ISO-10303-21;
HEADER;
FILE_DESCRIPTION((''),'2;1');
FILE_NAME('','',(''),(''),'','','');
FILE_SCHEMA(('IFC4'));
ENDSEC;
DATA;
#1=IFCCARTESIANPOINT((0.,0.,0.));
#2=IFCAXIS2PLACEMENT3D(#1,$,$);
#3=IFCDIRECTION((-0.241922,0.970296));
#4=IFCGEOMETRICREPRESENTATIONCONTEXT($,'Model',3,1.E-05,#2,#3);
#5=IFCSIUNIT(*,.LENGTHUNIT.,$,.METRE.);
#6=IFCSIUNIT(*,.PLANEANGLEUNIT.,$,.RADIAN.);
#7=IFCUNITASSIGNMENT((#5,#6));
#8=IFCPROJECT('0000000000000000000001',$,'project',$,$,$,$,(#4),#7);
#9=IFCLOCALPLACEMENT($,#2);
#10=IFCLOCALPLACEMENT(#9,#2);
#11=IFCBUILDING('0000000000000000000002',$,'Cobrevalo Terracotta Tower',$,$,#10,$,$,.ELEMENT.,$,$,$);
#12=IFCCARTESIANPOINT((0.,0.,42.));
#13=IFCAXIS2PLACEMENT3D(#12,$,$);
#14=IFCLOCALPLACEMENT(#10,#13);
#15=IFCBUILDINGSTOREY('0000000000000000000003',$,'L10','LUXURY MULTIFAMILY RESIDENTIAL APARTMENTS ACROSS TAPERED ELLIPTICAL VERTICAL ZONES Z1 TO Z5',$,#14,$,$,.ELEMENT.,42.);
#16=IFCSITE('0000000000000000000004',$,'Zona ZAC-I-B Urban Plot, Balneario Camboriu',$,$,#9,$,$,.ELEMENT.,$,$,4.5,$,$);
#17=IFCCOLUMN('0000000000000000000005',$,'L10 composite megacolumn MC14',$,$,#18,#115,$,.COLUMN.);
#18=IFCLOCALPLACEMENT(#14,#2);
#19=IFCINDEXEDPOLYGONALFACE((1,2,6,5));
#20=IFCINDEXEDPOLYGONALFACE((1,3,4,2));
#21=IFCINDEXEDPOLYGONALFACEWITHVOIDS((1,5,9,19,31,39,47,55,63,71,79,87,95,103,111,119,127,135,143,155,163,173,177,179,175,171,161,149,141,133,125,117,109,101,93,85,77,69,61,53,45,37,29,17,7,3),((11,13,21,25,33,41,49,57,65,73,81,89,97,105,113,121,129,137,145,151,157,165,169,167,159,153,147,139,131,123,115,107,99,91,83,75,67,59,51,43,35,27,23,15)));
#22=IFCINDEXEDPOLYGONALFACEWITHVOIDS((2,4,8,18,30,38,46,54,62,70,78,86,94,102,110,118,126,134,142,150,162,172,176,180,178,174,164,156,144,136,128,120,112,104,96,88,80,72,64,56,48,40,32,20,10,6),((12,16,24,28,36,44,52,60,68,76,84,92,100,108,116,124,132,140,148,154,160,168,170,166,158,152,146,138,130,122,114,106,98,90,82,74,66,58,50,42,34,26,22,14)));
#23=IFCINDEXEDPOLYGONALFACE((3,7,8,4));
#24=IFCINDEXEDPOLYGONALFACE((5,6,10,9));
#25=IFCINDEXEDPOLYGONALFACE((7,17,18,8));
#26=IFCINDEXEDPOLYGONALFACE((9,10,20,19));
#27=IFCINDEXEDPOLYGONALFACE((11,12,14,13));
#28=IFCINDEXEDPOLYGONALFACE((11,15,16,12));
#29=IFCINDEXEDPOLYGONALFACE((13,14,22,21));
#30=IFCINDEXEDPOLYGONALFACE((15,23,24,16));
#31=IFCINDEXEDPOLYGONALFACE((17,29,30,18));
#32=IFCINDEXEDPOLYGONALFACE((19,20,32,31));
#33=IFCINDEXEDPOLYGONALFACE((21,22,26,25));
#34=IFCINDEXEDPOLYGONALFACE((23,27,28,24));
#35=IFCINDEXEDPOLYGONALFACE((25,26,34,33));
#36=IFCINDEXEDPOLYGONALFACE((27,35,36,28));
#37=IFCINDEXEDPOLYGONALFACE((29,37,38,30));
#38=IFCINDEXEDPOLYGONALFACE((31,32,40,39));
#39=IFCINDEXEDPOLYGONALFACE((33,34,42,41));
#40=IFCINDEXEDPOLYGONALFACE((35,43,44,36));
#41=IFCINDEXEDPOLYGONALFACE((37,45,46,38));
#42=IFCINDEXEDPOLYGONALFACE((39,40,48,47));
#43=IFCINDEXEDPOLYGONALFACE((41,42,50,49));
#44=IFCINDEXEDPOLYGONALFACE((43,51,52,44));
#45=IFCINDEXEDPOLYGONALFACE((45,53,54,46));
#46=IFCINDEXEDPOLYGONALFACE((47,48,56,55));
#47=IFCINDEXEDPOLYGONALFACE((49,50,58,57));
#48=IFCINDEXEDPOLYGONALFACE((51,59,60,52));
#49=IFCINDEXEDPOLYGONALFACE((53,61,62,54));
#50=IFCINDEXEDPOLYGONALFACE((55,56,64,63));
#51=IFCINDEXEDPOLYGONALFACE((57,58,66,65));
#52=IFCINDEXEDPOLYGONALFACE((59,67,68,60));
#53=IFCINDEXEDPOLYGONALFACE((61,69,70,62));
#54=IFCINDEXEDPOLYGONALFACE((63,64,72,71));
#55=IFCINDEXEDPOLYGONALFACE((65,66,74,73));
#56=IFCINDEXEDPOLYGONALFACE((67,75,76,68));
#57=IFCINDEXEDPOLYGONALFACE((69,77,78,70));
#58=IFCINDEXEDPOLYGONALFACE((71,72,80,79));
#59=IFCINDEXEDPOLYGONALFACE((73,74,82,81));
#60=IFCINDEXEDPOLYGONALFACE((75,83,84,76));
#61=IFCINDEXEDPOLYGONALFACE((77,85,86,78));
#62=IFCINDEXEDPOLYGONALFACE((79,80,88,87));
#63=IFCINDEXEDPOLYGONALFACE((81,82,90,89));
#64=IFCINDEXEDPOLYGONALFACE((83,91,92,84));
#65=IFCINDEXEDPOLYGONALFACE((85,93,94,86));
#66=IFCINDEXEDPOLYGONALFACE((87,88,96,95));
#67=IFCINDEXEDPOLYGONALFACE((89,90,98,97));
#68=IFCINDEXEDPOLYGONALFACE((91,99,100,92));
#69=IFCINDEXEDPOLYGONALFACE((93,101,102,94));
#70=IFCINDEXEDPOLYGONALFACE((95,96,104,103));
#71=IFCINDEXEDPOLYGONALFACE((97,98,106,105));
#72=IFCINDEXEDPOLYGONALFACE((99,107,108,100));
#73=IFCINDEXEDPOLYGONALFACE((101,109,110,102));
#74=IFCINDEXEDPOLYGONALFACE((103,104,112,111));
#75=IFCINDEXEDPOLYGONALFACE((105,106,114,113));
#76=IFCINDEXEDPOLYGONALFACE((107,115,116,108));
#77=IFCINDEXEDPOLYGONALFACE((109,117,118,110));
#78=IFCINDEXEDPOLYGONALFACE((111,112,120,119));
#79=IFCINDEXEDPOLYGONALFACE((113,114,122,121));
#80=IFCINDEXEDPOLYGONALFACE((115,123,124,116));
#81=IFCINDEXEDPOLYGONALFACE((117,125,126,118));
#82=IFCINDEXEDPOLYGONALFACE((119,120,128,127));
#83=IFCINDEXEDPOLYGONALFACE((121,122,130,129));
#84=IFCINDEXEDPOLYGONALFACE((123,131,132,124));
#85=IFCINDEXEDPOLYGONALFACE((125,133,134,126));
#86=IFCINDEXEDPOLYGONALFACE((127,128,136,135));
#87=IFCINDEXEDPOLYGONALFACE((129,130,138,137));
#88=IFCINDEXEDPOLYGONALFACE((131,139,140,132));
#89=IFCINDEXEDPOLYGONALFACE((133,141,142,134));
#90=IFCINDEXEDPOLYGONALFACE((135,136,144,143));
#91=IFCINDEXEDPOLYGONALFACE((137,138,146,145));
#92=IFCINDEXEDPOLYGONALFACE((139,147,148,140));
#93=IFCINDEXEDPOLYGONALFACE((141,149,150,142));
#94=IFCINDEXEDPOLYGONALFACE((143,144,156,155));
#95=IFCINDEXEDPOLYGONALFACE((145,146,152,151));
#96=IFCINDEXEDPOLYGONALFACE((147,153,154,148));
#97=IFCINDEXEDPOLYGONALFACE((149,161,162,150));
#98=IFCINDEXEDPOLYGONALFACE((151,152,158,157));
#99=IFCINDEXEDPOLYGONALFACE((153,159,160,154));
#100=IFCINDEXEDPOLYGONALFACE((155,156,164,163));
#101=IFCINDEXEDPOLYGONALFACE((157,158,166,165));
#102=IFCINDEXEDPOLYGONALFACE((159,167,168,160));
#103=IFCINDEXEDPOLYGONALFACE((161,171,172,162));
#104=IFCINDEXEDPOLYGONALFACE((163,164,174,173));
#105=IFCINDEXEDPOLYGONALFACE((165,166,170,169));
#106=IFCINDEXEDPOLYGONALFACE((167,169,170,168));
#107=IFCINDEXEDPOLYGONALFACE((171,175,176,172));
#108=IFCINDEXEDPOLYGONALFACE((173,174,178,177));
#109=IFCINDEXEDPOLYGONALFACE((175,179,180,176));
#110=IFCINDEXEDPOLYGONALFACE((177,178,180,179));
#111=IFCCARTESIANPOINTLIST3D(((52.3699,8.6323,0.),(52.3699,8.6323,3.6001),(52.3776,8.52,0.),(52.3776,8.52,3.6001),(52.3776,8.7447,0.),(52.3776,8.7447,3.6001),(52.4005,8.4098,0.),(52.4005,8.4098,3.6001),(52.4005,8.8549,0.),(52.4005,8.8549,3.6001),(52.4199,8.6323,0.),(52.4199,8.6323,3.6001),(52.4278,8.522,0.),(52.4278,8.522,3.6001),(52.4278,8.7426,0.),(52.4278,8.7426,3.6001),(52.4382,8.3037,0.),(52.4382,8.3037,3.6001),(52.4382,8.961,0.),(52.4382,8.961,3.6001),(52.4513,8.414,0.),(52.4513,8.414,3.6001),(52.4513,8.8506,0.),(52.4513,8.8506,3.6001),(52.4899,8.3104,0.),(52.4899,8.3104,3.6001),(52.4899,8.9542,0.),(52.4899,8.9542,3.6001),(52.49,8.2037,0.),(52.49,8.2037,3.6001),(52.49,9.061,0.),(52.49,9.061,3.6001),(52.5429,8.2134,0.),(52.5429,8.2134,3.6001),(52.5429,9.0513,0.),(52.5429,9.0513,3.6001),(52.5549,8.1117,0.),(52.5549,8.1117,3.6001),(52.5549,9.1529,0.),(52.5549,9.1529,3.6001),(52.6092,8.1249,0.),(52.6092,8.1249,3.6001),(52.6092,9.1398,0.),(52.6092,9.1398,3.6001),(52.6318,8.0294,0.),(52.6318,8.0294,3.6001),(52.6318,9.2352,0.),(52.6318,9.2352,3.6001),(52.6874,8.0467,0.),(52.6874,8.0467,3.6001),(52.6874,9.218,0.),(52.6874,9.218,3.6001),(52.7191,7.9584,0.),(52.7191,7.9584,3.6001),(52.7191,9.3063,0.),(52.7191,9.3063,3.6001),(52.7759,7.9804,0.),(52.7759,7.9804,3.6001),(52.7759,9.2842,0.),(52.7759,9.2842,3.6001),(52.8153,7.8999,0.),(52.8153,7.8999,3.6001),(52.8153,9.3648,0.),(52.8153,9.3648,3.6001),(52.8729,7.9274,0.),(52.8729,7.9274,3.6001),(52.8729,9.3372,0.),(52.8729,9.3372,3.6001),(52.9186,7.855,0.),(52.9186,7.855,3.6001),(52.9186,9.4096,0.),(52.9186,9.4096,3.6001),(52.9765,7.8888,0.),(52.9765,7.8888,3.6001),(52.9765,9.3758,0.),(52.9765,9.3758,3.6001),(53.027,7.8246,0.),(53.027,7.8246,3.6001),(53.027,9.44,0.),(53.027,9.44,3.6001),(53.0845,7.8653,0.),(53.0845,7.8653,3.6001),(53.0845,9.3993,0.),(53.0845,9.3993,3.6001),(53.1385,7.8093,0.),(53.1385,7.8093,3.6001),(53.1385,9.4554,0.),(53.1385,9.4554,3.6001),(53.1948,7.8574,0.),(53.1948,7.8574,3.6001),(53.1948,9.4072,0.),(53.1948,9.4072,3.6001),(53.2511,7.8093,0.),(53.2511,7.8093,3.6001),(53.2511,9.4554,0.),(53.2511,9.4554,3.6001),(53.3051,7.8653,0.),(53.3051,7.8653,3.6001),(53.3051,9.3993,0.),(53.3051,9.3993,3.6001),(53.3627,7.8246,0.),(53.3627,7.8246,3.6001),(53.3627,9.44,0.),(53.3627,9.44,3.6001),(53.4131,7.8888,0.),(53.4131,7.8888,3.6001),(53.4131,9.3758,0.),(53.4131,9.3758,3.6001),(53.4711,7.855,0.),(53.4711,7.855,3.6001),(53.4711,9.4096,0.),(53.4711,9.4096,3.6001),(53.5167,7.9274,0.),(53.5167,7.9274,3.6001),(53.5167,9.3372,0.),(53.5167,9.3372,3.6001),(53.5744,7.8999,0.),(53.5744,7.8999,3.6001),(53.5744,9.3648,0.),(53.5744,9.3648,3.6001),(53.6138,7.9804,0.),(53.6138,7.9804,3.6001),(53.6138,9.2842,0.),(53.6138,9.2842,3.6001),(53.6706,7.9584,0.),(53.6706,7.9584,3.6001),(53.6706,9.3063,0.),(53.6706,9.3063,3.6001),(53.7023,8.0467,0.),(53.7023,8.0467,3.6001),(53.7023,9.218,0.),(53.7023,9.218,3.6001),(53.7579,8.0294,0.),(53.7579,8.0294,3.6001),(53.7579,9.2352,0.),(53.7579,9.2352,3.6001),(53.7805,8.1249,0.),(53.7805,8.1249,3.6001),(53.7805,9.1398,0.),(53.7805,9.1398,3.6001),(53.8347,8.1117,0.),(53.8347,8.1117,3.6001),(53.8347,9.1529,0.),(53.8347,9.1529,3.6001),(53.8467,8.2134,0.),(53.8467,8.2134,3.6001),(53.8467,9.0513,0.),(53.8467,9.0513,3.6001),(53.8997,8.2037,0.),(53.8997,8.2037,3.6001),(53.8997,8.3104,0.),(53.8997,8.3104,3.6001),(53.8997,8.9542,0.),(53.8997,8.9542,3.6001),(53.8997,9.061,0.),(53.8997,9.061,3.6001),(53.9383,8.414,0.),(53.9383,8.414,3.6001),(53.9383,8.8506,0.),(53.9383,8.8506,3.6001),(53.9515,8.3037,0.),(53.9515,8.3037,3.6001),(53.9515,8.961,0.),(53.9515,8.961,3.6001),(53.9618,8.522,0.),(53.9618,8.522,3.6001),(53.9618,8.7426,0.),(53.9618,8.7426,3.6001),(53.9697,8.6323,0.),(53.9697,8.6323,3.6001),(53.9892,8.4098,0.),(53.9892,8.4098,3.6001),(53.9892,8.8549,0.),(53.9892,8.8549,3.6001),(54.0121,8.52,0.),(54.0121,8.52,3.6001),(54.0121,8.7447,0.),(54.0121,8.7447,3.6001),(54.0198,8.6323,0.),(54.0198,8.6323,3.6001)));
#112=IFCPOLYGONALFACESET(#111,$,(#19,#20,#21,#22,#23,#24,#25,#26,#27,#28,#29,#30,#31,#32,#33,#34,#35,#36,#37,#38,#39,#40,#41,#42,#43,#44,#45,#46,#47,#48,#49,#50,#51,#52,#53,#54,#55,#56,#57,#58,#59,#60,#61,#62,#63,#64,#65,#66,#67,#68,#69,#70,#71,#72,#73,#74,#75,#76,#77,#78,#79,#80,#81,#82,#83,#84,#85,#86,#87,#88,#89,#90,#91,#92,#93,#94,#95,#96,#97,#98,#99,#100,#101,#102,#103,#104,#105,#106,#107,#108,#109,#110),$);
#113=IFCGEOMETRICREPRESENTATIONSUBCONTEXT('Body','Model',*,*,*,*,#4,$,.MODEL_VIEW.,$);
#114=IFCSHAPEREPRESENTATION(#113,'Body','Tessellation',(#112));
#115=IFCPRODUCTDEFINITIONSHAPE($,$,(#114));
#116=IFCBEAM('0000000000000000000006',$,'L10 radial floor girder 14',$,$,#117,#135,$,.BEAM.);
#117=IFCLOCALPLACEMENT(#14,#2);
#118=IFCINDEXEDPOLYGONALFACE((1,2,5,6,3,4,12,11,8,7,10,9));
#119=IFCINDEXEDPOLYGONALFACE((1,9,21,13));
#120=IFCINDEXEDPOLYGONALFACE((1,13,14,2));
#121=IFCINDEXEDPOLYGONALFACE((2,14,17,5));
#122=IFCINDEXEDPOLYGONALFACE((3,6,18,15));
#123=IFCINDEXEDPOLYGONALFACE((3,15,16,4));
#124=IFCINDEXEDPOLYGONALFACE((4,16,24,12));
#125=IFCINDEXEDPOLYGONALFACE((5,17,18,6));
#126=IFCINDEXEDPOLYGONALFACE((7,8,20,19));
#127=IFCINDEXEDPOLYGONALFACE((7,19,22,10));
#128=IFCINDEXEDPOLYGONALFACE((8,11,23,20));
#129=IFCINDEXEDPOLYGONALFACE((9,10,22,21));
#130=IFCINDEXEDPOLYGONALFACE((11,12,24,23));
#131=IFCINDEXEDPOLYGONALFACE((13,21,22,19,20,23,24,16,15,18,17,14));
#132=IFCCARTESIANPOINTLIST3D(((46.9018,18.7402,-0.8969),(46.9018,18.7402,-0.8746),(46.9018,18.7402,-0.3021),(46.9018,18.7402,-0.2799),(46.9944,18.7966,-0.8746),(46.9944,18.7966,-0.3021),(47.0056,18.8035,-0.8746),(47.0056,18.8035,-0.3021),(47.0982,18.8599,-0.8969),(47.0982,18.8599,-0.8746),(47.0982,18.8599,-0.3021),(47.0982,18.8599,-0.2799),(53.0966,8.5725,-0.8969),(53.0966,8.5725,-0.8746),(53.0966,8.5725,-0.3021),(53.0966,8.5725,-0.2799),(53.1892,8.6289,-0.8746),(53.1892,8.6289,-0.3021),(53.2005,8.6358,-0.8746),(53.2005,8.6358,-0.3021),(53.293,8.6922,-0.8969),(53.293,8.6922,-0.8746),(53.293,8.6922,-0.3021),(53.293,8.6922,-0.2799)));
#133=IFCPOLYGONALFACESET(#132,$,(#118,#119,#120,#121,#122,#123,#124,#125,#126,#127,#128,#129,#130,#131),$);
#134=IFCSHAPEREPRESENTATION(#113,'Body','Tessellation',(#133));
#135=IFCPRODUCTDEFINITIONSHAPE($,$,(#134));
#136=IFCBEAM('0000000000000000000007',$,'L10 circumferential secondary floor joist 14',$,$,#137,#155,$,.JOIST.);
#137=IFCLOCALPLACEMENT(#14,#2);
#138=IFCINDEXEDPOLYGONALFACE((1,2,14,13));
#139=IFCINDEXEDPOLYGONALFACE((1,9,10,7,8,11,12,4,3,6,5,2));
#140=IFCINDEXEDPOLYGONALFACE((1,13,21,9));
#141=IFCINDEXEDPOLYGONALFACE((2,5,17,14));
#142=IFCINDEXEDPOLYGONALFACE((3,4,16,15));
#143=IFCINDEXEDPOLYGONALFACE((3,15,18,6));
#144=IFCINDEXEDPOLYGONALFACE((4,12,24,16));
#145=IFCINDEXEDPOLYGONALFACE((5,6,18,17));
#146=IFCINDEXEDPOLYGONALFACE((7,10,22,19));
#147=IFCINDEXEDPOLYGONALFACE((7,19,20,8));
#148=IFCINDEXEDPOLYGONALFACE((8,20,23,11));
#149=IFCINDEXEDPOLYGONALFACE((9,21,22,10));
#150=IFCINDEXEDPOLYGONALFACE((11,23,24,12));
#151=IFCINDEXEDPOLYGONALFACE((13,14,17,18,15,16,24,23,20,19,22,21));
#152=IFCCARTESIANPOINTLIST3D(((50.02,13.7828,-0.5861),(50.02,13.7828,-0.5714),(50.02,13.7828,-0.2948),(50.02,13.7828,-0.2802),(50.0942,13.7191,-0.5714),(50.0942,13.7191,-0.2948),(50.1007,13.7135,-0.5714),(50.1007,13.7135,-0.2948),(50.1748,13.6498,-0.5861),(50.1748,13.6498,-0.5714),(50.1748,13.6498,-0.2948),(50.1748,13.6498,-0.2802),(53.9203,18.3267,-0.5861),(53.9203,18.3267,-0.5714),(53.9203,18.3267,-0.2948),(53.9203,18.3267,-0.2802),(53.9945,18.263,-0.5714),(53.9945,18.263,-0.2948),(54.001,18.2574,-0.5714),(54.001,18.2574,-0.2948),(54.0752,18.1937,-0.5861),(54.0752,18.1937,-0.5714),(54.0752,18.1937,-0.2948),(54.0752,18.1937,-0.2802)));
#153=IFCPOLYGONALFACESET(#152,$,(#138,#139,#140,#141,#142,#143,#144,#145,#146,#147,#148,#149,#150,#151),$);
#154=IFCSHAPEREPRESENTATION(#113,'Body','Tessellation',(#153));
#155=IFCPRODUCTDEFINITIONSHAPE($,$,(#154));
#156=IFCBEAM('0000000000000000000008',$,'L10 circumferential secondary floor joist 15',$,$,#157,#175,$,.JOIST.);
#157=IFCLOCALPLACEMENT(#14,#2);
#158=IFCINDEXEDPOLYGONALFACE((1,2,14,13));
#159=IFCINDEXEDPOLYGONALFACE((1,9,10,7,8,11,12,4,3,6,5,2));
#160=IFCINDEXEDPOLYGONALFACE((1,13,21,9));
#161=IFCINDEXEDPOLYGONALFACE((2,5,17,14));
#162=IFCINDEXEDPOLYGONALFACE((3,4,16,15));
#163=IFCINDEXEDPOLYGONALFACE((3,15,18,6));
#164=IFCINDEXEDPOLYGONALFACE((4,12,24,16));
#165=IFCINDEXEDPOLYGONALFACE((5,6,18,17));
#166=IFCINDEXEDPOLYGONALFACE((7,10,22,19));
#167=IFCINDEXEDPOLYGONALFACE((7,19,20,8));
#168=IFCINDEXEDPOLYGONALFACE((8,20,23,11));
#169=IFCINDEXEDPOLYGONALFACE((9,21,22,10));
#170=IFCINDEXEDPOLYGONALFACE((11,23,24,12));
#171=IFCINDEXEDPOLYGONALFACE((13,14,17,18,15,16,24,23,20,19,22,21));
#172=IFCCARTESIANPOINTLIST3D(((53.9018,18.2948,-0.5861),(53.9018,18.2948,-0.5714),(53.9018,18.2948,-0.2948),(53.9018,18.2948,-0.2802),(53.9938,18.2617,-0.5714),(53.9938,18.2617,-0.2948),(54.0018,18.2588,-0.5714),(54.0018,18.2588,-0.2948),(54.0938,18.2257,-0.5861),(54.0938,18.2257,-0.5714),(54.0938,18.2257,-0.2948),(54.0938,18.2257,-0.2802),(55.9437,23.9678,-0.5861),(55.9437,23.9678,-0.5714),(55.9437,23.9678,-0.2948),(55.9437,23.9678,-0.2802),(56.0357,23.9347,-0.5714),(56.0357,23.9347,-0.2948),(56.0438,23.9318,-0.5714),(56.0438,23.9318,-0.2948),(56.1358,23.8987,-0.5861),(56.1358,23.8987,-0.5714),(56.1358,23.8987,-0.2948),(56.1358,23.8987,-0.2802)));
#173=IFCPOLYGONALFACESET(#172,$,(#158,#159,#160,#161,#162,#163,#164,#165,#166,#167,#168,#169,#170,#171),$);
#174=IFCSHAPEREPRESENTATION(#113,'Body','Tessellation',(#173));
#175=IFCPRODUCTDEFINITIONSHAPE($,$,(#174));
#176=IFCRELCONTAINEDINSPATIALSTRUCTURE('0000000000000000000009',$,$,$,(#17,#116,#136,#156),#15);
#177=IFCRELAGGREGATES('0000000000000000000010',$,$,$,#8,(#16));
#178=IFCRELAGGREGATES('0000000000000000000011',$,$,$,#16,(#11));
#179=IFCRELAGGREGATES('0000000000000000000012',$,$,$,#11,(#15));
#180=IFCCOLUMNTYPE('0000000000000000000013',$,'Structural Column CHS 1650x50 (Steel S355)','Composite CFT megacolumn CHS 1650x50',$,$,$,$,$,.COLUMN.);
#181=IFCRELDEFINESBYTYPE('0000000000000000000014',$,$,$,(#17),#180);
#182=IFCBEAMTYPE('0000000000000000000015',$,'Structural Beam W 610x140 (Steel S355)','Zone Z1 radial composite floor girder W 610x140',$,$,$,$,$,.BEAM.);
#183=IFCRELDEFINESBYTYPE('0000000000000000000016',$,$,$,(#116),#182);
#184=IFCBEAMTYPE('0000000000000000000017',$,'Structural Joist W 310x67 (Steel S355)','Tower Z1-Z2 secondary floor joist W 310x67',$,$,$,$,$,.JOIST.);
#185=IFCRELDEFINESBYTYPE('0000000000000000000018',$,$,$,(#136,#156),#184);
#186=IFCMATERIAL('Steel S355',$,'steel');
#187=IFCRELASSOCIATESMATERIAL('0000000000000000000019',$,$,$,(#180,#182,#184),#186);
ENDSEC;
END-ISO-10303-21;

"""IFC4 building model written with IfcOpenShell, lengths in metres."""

from ifc_helpers import new_model, si_unit, direction, frame, origin, origin_2d, place, context, subcontext, project, spatial, hollow_circle, i_section, extrude, material, material_profile, profile_set, type_object, element, save


model = new_model("IFC4")

# Units and contexts
model_context = context("Model", 3, precision=1e-05, world=origin(), true_north=direction((-0.241922, 0.970296)))
body_context = subcontext(model_context, "Body", "Model", "MODEL_VIEW")
ifc_project = project(units=[si_unit("LENGTHUNIT", "METRE"), si_unit("PLANEANGLEUNIT", "RADIAN")], contexts=[model_context])

# Site, building, storey
site_placement = place(None, origin())
site = spatial("IfcSite", under=ifc_project, at=site_placement, Name="Zona ZAC-I-B Urban Plot, Balneario Camboriu", CompositionType="ELEMENT", RefElevation=4.5)
building_placement = place(site_placement, origin())
building = spatial("IfcBuilding", under=site, at=building_placement, Name="Cobrevalo Terracotta Tower", CompositionType="ELEMENT")
storey_placement = place(building_placement, frame((0.0, 0.0, 42.0)))
storey = spatial("IfcBuildingStorey", under=building, at=storey_placement, Name="L10", Description="LUXURY MULTIFAMILY RESIDENTIAL APARTMENTS ACROSS TAPERED ELLIPTICAL VERTICAL ZONES Z1 TO Z5", CompositionType="ELEMENT", Elevation=42.0)

# Column
ifc_material_1 = material(Name="Steel S355", Category="steel")
ifc_material_profile_1 = material_profile(ifc_material_1, hollow_circle(Radius=0.825, WallThickness=0.05, at=origin_2d()), Name="CHS 1650x50")
ifc_profile_set_1 = profile_set([ifc_material_profile_1], Name="Steel S355")
column_type = type_object("IfcColumnType", Name="Structural Column CHS 1650x50 (Steel S355)", Description="Composite CFT megacolumn CHS 1650x50", PredefinedType="COLUMN", material=ifc_profile_set_1)
column_placement = place(storey_placement, frame((53.1948, 8.6323, 0.0), z_axis=(0.0, 0.0, 1.0), x_axis=(1.0, 0.0, 0.0)))
element("IfcColumn", 1, at=column_placement, inside=storey, type_object=column_type, Name="L10 composite megacolumn MC14", PredefinedType="COLUMN", context=body_context, shape_type="SweptSolid", body=[
    extrude(hollow_circle(Radius=0.825, WallThickness=0.05, at=origin_2d()), origin(), (0.0, 0.0, 1.0), 3.6001),
])

# Beams
ifc_material_profile_2 = material_profile(ifc_material_1, i_section(OverallWidth=0.23, OverallDepth=0.6169, WebThickness=0.0132, FlangeThickness=0.0222, at=origin_2d()), Name="W 610x140")
ifc_profile_set_2 = profile_set([ifc_material_profile_2], Name="Steel S355")
beam_type_1 = type_object("IfcBeamType", Name="Structural Beam W 610x140 (Steel S355)", Description="Zone Z1 radial composite floor girder W 610x140", PredefinedType="BEAM", material=ifc_profile_set_2)
beam_1_placement = place(storey_placement, frame((53.1948, 8.6323, -0.5884), z_axis=(-0.520301, 0.853983, 0.0), x_axis=(-0.853983, -0.520301, 0.0)))
element("IfcBeam", 2, at=beam_1_placement, inside=storey, type_object=beam_type_1, Name="L10 radial floor girder 14", PredefinedType="BEAM", context=body_context, shape_type="SweptSolid", body=[
    extrude(i_section(OverallWidth=0.23, OverallDepth=0.6169, WebThickness=0.0132, FlangeThickness=0.0222, at=origin_2d()), origin(), (0.0, 0.0, 1.0), 11.9062),
])
ifc_material_profile_3 = material_profile(ifc_material_1, i_section(OverallWidth=0.2041, OverallDepth=0.3059, WebThickness=0.0085, FlangeThickness=0.0146, at=origin_2d()), Name="W 310x67")
ifc_profile_set_3 = profile_set([ifc_material_profile_3], Name="Steel S355")
beam_type_2 = type_object("IfcBeamType", Name="Structural Joist W 310x67 (Steel S355)", Description="Tower Z1-Z2 secondary floor joist W 310x67", PredefinedType="JOIST", material=ifc_profile_set_3)
beam_2_placement = place(storey_placement, frame((50.0974, 13.7163, -0.4331), z_axis=(0.651328, 0.758796, 0.0), x_axis=(-0.758796, 0.651328, 0.0)))
element("IfcBeam", 3, at=beam_2_placement, inside=storey, type_object=beam_type_2, Name="L10 circumferential secondary floor joist 14", PredefinedType="JOIST", context=body_context, shape_type="SweptSolid", body=[
    extrude(i_section(OverallWidth=0.2041, OverallDepth=0.3059, WebThickness=0.0085, FlangeThickness=0.0146, at=origin_2d()), origin(), (0.0, 0.0, 1.0), 5.9883),
])
beam_3_placement = place(storey_placement, frame((53.9978, 18.2603, -0.4331), z_axis=(0.338672, 0.940904, 0.0), x_axis=(-0.940904, 0.338672, 0.0)))
element("IfcBeam", 4, at=beam_3_placement, inside=storey, type_object=beam_type_2, Name="L10 circumferential secondary floor joist 15", PredefinedType="JOIST", context=body_context, shape_type="SweptSolid", body=[
    extrude(i_section(OverallWidth=0.2041, OverallDepth=0.3059, WebThickness=0.0085, FlangeThickness=0.0146, at=origin_2d()), origin(), (0.0, 0.0, 1.0), 6.0293),
])

save(model, "model.ifc")
